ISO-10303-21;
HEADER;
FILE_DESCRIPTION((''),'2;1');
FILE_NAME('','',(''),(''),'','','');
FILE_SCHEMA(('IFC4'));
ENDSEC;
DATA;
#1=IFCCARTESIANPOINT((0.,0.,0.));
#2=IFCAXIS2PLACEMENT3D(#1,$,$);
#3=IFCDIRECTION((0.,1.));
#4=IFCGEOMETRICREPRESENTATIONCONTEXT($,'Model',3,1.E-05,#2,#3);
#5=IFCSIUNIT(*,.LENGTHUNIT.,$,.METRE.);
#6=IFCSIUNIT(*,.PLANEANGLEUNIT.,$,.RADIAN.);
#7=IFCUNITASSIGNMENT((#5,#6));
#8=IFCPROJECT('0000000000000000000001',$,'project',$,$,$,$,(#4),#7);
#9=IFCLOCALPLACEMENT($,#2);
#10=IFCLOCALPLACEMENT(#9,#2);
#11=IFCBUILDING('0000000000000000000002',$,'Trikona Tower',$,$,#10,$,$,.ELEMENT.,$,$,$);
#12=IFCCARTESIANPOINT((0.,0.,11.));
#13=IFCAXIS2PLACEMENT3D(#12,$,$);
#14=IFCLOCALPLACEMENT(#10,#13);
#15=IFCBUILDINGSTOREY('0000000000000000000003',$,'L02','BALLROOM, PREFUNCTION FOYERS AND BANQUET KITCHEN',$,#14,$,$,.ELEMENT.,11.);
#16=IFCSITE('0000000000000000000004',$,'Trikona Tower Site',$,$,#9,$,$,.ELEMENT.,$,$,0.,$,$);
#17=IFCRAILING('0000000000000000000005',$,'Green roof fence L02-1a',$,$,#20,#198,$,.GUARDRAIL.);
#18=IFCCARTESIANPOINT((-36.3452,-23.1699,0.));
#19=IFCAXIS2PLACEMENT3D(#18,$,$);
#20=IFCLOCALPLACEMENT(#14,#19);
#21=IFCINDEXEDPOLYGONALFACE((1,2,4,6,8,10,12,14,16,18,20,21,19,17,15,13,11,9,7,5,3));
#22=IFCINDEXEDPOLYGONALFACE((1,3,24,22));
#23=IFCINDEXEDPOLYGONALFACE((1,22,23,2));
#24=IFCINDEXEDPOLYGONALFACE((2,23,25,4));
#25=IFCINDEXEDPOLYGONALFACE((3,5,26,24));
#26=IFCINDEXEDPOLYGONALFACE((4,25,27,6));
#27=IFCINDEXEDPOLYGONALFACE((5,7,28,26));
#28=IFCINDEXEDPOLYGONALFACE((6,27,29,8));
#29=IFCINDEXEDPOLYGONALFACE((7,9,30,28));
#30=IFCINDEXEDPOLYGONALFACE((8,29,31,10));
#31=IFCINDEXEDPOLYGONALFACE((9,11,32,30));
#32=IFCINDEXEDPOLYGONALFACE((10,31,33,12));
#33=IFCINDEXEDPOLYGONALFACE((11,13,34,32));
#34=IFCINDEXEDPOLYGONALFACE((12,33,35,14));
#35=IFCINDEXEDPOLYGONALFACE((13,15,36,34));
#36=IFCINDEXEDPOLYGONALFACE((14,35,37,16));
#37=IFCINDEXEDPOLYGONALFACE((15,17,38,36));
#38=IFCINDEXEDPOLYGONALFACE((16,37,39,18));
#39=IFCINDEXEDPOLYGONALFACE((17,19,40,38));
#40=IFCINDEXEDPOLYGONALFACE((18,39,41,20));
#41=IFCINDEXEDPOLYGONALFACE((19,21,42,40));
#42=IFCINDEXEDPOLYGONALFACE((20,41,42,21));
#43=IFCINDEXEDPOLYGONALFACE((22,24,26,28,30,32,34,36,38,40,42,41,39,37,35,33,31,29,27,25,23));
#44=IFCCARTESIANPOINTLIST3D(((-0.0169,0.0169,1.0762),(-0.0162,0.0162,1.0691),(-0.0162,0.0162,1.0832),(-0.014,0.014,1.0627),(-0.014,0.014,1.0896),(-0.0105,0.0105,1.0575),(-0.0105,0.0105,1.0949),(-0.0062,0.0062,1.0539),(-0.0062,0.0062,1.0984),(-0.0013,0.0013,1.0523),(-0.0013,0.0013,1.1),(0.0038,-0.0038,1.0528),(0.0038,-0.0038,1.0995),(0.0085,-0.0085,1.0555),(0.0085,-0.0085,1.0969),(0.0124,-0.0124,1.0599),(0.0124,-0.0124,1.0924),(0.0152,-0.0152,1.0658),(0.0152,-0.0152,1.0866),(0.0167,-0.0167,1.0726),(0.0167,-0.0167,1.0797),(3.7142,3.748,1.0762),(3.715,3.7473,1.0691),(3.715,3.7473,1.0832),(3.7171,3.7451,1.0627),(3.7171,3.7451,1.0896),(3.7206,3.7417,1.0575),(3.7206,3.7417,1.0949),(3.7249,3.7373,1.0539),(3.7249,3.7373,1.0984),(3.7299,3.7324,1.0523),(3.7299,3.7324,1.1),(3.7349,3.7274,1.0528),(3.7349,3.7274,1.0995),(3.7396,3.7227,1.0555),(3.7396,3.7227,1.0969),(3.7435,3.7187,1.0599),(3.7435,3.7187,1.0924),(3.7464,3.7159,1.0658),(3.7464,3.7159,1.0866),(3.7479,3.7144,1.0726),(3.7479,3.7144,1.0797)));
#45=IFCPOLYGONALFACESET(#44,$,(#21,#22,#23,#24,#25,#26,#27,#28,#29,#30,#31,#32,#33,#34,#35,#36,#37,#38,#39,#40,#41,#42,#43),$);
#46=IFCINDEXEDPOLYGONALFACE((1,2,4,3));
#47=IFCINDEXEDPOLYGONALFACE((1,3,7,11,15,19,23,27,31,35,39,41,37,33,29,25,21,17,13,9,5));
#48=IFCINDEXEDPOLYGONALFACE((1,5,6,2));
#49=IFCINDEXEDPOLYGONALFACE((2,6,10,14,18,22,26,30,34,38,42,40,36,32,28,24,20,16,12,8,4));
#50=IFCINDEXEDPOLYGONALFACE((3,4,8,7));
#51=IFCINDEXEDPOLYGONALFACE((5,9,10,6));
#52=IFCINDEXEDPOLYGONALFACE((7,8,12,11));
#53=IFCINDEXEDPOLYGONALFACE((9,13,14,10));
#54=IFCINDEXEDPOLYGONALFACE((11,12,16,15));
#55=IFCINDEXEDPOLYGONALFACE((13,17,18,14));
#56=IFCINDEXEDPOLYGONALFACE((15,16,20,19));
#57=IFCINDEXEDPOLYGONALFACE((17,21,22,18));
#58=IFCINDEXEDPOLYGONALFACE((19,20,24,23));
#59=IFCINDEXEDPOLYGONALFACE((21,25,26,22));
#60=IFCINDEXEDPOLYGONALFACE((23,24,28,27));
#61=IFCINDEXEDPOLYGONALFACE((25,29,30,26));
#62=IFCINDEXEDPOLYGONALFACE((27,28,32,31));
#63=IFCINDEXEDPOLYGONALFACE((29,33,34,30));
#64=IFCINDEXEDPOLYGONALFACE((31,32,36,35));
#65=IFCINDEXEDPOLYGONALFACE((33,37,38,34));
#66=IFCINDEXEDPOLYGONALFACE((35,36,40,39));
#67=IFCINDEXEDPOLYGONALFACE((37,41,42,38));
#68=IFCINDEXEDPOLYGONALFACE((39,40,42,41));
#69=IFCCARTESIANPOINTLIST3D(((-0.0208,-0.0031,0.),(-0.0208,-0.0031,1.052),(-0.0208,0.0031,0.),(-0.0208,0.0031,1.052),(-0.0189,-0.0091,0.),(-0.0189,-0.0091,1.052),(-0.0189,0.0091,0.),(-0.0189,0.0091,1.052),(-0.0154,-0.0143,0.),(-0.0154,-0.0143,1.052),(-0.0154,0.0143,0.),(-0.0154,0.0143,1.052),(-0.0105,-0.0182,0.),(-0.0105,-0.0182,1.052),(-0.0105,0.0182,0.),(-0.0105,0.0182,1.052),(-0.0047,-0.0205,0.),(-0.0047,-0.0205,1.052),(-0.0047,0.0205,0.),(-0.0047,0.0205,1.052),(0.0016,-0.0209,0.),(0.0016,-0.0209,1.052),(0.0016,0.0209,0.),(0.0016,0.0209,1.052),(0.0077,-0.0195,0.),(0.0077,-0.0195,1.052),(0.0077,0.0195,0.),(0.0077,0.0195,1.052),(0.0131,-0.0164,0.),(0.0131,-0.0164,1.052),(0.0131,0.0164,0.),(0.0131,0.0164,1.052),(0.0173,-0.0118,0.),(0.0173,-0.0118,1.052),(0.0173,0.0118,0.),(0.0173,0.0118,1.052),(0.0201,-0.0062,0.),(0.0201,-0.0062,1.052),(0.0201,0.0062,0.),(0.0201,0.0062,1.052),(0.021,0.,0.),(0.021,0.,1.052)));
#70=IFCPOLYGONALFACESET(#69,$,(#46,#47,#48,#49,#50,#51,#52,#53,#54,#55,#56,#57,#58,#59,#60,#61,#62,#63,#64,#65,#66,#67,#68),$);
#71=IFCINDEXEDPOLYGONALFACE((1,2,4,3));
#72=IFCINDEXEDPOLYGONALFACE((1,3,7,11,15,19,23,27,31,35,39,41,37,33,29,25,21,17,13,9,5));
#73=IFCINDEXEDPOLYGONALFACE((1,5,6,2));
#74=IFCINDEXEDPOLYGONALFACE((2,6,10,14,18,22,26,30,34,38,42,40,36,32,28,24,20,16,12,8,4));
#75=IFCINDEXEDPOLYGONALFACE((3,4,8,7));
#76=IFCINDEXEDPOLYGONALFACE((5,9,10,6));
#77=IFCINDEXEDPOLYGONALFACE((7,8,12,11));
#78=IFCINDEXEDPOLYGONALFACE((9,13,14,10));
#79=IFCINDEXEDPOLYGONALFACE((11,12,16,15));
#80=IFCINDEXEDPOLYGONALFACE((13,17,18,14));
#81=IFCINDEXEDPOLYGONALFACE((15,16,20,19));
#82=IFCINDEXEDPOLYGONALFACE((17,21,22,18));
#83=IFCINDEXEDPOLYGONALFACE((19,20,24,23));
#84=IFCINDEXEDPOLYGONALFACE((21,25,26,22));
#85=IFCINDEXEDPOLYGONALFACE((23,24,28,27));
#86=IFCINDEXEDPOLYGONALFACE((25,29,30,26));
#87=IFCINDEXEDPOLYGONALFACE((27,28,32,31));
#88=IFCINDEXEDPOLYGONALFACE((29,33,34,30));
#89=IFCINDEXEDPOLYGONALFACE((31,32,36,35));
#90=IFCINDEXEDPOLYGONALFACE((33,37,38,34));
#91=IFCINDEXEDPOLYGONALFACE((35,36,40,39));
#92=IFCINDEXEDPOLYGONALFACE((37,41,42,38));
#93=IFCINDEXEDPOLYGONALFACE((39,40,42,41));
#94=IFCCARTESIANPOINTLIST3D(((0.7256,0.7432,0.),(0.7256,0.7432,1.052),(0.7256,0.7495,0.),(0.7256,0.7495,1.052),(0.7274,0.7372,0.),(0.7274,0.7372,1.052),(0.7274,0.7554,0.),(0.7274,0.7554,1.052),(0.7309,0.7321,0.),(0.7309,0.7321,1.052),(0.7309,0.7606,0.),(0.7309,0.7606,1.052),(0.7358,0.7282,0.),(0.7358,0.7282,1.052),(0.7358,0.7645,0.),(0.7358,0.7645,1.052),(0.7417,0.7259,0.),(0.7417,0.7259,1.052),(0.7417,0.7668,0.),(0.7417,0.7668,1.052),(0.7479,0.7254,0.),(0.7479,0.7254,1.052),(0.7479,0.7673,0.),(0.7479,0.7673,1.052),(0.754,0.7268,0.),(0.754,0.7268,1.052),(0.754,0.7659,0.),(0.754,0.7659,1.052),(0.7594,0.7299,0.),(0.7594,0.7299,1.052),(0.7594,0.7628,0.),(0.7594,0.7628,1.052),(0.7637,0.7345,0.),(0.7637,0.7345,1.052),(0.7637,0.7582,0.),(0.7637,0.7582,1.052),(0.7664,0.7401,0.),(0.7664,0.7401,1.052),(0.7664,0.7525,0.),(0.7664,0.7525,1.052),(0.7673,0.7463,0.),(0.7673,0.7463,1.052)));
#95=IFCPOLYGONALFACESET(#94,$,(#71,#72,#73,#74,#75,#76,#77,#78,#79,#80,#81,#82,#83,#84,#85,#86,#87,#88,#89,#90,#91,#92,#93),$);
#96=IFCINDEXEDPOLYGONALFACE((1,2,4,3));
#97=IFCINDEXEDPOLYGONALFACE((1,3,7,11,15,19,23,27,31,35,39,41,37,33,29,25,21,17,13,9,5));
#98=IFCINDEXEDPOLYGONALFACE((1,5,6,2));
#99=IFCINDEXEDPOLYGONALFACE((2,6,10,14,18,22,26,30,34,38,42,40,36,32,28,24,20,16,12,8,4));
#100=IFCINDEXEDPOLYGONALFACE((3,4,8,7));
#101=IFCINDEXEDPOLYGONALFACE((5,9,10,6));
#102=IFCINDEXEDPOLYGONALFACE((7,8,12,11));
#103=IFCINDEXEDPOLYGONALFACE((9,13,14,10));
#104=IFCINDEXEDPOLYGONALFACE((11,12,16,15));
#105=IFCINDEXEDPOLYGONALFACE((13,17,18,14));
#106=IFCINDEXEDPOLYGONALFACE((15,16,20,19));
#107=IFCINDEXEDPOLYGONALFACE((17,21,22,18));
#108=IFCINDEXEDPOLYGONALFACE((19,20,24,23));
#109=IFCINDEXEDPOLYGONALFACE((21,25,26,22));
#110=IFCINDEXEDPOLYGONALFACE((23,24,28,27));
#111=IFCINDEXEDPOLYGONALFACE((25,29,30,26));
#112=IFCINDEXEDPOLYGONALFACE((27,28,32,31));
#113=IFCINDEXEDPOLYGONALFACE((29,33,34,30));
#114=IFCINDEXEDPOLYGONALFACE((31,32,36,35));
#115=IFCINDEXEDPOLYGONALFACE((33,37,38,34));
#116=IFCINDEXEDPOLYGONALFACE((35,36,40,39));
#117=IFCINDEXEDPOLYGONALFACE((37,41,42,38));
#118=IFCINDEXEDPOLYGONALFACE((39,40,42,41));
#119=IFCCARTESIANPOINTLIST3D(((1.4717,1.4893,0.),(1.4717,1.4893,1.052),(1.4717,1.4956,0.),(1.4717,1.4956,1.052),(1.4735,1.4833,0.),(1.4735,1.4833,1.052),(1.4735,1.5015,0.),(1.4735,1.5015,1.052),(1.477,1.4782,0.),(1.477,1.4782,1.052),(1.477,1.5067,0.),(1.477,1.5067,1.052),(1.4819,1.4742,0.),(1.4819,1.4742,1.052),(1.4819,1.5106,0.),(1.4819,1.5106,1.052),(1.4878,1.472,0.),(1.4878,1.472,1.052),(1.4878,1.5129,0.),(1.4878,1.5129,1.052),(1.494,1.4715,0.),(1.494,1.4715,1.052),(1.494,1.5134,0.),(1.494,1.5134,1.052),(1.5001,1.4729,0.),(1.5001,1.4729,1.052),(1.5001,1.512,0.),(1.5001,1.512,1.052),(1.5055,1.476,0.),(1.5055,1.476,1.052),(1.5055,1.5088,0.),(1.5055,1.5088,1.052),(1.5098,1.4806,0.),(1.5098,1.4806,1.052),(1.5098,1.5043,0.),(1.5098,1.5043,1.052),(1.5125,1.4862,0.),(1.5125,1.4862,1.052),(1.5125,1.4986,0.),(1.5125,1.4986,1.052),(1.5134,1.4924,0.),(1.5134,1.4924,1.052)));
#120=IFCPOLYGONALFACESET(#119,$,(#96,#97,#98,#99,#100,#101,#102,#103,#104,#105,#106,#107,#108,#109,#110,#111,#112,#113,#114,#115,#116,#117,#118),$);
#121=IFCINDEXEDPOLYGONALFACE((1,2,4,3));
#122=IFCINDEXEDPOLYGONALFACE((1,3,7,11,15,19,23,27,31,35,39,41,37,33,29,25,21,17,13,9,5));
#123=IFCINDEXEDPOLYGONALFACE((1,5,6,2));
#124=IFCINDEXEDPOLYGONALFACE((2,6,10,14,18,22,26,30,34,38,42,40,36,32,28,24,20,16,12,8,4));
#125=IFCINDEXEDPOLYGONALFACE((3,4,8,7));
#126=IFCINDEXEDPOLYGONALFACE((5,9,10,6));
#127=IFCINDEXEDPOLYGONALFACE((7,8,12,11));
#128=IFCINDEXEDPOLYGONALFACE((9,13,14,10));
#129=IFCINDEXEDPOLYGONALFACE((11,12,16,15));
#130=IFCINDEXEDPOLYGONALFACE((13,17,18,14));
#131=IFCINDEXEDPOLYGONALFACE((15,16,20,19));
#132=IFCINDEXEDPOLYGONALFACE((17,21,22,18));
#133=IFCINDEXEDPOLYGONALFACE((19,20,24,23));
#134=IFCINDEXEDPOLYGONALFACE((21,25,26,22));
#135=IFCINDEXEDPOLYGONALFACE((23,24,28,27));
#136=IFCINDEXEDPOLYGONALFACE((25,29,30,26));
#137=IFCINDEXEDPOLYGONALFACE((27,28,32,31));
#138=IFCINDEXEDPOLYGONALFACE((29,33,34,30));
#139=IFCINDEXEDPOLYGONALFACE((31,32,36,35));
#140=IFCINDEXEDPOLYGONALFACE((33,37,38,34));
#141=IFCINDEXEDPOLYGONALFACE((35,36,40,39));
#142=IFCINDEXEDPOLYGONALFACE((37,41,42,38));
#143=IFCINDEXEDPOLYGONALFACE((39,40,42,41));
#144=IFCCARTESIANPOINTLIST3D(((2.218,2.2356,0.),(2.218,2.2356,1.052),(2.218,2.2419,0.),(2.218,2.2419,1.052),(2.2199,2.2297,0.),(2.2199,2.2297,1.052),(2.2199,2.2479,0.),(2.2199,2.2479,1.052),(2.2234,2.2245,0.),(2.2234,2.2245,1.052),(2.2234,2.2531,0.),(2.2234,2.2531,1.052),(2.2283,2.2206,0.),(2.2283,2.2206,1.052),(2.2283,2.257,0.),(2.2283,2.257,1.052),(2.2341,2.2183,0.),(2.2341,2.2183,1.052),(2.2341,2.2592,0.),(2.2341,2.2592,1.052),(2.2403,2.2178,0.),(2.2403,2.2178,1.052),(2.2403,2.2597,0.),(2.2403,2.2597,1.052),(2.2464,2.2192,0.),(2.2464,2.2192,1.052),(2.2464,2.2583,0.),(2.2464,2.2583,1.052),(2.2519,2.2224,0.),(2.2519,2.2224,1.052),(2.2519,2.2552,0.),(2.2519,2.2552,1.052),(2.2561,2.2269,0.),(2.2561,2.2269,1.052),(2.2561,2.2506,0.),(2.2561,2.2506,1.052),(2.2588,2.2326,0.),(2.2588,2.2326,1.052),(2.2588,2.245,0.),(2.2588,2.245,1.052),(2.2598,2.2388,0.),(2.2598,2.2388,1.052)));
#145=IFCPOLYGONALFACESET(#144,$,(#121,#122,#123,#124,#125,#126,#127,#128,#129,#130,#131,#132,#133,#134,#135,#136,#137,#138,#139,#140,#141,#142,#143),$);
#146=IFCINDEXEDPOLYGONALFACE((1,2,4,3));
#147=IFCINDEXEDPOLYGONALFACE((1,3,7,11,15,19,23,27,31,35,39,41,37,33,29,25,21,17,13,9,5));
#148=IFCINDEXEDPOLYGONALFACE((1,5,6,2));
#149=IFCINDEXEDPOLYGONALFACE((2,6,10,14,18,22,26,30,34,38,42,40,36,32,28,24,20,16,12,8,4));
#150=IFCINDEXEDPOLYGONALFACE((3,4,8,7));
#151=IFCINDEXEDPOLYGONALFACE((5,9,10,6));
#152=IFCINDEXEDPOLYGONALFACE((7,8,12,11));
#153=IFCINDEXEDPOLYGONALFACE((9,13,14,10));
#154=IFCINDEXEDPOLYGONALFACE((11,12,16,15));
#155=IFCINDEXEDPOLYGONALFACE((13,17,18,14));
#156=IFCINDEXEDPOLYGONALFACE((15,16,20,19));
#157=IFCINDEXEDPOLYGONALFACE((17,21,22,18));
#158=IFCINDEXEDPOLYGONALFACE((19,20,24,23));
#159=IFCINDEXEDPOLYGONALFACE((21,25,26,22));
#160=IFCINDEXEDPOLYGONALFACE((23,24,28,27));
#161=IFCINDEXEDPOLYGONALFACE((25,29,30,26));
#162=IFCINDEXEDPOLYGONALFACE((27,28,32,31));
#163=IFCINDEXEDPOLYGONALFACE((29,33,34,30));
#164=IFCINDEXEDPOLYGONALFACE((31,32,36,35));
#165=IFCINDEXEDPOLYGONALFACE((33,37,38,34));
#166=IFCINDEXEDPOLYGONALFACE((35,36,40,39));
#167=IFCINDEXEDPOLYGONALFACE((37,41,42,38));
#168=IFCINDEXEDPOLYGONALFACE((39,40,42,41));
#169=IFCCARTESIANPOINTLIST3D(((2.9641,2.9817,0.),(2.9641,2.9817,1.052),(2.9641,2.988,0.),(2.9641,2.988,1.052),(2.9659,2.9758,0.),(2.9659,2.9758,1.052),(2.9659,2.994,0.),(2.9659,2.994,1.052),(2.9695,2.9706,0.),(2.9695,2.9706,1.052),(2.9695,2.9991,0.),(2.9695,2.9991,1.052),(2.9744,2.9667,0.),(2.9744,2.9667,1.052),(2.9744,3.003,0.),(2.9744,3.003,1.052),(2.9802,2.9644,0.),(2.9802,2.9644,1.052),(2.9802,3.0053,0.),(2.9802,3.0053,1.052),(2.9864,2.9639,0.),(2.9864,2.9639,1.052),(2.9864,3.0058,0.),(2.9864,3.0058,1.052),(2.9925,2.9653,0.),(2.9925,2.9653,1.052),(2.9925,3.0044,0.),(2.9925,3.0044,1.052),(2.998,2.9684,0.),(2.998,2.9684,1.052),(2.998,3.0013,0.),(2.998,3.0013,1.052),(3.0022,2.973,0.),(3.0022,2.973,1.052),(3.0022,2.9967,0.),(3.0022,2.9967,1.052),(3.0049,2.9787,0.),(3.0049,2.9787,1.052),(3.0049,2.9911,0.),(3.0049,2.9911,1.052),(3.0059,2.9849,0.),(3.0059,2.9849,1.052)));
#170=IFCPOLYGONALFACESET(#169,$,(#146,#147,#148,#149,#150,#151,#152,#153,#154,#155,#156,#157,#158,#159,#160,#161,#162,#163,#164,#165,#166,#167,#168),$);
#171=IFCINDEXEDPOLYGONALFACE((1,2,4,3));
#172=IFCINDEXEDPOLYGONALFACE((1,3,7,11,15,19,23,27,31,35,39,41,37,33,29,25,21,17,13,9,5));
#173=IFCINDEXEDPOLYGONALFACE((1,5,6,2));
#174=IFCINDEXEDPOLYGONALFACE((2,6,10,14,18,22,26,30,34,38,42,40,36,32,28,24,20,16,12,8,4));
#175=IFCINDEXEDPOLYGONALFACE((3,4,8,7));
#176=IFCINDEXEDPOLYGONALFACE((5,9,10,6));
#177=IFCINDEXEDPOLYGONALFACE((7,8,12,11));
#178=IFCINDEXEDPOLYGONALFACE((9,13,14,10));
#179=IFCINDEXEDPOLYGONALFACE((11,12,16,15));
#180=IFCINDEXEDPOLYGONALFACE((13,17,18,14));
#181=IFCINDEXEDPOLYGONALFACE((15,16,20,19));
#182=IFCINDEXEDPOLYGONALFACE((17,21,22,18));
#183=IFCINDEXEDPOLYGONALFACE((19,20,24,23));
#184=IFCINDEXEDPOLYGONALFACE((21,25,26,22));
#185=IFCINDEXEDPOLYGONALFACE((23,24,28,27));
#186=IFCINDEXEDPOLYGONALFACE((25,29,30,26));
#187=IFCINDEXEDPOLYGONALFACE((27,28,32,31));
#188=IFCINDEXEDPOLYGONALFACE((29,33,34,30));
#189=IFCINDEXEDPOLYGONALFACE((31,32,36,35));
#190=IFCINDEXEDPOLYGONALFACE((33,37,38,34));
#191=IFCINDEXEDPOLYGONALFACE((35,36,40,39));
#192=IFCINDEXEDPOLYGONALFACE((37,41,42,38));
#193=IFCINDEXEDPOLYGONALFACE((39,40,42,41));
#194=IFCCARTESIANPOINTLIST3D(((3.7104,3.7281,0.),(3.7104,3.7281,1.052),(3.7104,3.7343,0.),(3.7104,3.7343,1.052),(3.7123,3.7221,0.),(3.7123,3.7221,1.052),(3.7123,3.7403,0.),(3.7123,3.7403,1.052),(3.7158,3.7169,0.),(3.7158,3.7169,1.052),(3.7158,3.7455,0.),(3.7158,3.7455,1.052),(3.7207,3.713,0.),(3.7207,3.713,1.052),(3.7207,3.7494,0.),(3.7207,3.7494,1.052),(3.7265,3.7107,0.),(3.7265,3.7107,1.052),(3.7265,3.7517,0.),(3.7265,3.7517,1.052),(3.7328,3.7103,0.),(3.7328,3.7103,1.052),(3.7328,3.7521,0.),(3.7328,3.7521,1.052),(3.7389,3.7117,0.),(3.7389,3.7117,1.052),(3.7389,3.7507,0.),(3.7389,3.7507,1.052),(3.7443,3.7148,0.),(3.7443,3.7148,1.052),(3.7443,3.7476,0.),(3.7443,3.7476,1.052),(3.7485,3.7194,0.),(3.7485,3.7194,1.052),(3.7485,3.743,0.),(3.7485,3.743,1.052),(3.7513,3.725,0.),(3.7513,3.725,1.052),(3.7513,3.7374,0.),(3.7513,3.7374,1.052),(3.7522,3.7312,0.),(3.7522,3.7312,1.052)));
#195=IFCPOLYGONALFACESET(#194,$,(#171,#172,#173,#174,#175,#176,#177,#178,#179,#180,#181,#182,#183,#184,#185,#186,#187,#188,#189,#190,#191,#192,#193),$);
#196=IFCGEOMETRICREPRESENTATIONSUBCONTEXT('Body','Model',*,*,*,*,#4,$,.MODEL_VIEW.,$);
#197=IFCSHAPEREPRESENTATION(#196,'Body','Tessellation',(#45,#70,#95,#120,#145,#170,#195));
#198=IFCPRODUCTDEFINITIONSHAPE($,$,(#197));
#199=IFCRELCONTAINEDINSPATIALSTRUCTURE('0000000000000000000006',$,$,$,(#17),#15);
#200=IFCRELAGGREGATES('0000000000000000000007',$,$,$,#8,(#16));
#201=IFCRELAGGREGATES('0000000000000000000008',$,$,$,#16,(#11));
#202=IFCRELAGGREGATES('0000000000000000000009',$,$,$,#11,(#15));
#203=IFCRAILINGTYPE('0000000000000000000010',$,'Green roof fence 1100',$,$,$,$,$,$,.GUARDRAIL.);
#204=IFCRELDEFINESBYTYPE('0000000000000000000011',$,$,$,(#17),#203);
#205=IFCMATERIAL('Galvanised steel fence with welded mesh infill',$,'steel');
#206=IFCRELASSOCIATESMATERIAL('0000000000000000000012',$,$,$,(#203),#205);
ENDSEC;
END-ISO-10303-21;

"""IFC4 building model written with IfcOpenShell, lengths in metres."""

from ifc_helpers import new_model, si_unit, direction, frame, origin, origin_2d, place, context, subcontext, project, spatial, circle, extrude, material, type_object, element, save


model = new_model("IFC4")

# Units and contexts
model_context = context("Model", 3, precision=1e-05, world=origin(), true_north=direction((0.0, 1.0)))
body_context = subcontext(model_context, "Body", "Model", "MODEL_VIEW")
ifc_project = project(units=[si_unit("LENGTHUNIT", "METRE"), si_unit("PLANEANGLEUNIT", "RADIAN")], contexts=[model_context])

# Site, building, storey
site_placement = place(None, origin())
site = spatial("IfcSite", under=ifc_project, at=site_placement, Name="Trikona Tower Site", CompositionType="ELEMENT", RefElevation=0.0)
building_placement = place(site_placement, origin())
building = spatial("IfcBuilding", under=site, at=building_placement, Name="Trikona Tower", CompositionType="ELEMENT")
storey_placement = place(building_placement, frame((0.0, 0.0, 11.0)))
storey = spatial("IfcBuildingStorey", under=building, at=storey_placement, Name="L02", Description="BALLROOM, PREFUNCTION FOYERS AND BANQUET KITCHEN", CompositionType="ELEMENT", Elevation=11.0)

# Railing
ifc_material_1 = material(Name="Galvanised steel fence with welded mesh infill", Category="steel")
railing_type = type_object("IfcRailingType", Name="Green roof fence 1100", PredefinedType="GUARDRAIL", material=ifc_material_1)
railing_placement = place(storey_placement, frame((-36.3452, -23.1699, 0.0)))
element("IfcRailing", 1, at=railing_placement, inside=storey, type_object=railing_type, Name="Green roof fence L02-1a", PredefinedType="GUARDRAIL", context=body_context, shape_type="SweptSolid", body=[
    extrude(circle(Radius=0.0239, at=origin_2d()), frame((0.0, 0.0, 1.0762), z_axis=(0.707107, 0.707107, 0.0), x_axis=(-0.707107, 0.707107, 0.0)), (0.0, 0.0, 1.0), 5.2766),
    extrude(circle(Radius=0.021, at=origin_2d()), origin(), (0.0, 0.0, 1.0), 1.052),
    extrude(circle(Radius=0.021, at=origin_2d()), frame((0.7463, 0.7463, 0.0)), (0.0, 0.0, 1.0), 1.052),
    extrude(circle(Radius=0.021, at=origin_2d()), frame((1.4924, 1.4924, 0.0)), (0.0, 0.0, 1.0), 1.052),
    extrude(circle(Radius=0.021, at=origin_2d()), frame((2.2388, 2.2388, 0.0)), (0.0, 0.0, 1.0), 1.052),
    extrude(circle(Radius=0.021, at=origin_2d()), frame((2.9849, 2.9849, 0.0)), (0.0, 0.0, 1.0), 1.052),
    extrude(circle(Radius=0.021, at=origin_2d()), frame((3.7312, 3.7312, 0.0)), (0.0, 0.0, 1.0), 1.052),
])

save(model, "model.ifc")
